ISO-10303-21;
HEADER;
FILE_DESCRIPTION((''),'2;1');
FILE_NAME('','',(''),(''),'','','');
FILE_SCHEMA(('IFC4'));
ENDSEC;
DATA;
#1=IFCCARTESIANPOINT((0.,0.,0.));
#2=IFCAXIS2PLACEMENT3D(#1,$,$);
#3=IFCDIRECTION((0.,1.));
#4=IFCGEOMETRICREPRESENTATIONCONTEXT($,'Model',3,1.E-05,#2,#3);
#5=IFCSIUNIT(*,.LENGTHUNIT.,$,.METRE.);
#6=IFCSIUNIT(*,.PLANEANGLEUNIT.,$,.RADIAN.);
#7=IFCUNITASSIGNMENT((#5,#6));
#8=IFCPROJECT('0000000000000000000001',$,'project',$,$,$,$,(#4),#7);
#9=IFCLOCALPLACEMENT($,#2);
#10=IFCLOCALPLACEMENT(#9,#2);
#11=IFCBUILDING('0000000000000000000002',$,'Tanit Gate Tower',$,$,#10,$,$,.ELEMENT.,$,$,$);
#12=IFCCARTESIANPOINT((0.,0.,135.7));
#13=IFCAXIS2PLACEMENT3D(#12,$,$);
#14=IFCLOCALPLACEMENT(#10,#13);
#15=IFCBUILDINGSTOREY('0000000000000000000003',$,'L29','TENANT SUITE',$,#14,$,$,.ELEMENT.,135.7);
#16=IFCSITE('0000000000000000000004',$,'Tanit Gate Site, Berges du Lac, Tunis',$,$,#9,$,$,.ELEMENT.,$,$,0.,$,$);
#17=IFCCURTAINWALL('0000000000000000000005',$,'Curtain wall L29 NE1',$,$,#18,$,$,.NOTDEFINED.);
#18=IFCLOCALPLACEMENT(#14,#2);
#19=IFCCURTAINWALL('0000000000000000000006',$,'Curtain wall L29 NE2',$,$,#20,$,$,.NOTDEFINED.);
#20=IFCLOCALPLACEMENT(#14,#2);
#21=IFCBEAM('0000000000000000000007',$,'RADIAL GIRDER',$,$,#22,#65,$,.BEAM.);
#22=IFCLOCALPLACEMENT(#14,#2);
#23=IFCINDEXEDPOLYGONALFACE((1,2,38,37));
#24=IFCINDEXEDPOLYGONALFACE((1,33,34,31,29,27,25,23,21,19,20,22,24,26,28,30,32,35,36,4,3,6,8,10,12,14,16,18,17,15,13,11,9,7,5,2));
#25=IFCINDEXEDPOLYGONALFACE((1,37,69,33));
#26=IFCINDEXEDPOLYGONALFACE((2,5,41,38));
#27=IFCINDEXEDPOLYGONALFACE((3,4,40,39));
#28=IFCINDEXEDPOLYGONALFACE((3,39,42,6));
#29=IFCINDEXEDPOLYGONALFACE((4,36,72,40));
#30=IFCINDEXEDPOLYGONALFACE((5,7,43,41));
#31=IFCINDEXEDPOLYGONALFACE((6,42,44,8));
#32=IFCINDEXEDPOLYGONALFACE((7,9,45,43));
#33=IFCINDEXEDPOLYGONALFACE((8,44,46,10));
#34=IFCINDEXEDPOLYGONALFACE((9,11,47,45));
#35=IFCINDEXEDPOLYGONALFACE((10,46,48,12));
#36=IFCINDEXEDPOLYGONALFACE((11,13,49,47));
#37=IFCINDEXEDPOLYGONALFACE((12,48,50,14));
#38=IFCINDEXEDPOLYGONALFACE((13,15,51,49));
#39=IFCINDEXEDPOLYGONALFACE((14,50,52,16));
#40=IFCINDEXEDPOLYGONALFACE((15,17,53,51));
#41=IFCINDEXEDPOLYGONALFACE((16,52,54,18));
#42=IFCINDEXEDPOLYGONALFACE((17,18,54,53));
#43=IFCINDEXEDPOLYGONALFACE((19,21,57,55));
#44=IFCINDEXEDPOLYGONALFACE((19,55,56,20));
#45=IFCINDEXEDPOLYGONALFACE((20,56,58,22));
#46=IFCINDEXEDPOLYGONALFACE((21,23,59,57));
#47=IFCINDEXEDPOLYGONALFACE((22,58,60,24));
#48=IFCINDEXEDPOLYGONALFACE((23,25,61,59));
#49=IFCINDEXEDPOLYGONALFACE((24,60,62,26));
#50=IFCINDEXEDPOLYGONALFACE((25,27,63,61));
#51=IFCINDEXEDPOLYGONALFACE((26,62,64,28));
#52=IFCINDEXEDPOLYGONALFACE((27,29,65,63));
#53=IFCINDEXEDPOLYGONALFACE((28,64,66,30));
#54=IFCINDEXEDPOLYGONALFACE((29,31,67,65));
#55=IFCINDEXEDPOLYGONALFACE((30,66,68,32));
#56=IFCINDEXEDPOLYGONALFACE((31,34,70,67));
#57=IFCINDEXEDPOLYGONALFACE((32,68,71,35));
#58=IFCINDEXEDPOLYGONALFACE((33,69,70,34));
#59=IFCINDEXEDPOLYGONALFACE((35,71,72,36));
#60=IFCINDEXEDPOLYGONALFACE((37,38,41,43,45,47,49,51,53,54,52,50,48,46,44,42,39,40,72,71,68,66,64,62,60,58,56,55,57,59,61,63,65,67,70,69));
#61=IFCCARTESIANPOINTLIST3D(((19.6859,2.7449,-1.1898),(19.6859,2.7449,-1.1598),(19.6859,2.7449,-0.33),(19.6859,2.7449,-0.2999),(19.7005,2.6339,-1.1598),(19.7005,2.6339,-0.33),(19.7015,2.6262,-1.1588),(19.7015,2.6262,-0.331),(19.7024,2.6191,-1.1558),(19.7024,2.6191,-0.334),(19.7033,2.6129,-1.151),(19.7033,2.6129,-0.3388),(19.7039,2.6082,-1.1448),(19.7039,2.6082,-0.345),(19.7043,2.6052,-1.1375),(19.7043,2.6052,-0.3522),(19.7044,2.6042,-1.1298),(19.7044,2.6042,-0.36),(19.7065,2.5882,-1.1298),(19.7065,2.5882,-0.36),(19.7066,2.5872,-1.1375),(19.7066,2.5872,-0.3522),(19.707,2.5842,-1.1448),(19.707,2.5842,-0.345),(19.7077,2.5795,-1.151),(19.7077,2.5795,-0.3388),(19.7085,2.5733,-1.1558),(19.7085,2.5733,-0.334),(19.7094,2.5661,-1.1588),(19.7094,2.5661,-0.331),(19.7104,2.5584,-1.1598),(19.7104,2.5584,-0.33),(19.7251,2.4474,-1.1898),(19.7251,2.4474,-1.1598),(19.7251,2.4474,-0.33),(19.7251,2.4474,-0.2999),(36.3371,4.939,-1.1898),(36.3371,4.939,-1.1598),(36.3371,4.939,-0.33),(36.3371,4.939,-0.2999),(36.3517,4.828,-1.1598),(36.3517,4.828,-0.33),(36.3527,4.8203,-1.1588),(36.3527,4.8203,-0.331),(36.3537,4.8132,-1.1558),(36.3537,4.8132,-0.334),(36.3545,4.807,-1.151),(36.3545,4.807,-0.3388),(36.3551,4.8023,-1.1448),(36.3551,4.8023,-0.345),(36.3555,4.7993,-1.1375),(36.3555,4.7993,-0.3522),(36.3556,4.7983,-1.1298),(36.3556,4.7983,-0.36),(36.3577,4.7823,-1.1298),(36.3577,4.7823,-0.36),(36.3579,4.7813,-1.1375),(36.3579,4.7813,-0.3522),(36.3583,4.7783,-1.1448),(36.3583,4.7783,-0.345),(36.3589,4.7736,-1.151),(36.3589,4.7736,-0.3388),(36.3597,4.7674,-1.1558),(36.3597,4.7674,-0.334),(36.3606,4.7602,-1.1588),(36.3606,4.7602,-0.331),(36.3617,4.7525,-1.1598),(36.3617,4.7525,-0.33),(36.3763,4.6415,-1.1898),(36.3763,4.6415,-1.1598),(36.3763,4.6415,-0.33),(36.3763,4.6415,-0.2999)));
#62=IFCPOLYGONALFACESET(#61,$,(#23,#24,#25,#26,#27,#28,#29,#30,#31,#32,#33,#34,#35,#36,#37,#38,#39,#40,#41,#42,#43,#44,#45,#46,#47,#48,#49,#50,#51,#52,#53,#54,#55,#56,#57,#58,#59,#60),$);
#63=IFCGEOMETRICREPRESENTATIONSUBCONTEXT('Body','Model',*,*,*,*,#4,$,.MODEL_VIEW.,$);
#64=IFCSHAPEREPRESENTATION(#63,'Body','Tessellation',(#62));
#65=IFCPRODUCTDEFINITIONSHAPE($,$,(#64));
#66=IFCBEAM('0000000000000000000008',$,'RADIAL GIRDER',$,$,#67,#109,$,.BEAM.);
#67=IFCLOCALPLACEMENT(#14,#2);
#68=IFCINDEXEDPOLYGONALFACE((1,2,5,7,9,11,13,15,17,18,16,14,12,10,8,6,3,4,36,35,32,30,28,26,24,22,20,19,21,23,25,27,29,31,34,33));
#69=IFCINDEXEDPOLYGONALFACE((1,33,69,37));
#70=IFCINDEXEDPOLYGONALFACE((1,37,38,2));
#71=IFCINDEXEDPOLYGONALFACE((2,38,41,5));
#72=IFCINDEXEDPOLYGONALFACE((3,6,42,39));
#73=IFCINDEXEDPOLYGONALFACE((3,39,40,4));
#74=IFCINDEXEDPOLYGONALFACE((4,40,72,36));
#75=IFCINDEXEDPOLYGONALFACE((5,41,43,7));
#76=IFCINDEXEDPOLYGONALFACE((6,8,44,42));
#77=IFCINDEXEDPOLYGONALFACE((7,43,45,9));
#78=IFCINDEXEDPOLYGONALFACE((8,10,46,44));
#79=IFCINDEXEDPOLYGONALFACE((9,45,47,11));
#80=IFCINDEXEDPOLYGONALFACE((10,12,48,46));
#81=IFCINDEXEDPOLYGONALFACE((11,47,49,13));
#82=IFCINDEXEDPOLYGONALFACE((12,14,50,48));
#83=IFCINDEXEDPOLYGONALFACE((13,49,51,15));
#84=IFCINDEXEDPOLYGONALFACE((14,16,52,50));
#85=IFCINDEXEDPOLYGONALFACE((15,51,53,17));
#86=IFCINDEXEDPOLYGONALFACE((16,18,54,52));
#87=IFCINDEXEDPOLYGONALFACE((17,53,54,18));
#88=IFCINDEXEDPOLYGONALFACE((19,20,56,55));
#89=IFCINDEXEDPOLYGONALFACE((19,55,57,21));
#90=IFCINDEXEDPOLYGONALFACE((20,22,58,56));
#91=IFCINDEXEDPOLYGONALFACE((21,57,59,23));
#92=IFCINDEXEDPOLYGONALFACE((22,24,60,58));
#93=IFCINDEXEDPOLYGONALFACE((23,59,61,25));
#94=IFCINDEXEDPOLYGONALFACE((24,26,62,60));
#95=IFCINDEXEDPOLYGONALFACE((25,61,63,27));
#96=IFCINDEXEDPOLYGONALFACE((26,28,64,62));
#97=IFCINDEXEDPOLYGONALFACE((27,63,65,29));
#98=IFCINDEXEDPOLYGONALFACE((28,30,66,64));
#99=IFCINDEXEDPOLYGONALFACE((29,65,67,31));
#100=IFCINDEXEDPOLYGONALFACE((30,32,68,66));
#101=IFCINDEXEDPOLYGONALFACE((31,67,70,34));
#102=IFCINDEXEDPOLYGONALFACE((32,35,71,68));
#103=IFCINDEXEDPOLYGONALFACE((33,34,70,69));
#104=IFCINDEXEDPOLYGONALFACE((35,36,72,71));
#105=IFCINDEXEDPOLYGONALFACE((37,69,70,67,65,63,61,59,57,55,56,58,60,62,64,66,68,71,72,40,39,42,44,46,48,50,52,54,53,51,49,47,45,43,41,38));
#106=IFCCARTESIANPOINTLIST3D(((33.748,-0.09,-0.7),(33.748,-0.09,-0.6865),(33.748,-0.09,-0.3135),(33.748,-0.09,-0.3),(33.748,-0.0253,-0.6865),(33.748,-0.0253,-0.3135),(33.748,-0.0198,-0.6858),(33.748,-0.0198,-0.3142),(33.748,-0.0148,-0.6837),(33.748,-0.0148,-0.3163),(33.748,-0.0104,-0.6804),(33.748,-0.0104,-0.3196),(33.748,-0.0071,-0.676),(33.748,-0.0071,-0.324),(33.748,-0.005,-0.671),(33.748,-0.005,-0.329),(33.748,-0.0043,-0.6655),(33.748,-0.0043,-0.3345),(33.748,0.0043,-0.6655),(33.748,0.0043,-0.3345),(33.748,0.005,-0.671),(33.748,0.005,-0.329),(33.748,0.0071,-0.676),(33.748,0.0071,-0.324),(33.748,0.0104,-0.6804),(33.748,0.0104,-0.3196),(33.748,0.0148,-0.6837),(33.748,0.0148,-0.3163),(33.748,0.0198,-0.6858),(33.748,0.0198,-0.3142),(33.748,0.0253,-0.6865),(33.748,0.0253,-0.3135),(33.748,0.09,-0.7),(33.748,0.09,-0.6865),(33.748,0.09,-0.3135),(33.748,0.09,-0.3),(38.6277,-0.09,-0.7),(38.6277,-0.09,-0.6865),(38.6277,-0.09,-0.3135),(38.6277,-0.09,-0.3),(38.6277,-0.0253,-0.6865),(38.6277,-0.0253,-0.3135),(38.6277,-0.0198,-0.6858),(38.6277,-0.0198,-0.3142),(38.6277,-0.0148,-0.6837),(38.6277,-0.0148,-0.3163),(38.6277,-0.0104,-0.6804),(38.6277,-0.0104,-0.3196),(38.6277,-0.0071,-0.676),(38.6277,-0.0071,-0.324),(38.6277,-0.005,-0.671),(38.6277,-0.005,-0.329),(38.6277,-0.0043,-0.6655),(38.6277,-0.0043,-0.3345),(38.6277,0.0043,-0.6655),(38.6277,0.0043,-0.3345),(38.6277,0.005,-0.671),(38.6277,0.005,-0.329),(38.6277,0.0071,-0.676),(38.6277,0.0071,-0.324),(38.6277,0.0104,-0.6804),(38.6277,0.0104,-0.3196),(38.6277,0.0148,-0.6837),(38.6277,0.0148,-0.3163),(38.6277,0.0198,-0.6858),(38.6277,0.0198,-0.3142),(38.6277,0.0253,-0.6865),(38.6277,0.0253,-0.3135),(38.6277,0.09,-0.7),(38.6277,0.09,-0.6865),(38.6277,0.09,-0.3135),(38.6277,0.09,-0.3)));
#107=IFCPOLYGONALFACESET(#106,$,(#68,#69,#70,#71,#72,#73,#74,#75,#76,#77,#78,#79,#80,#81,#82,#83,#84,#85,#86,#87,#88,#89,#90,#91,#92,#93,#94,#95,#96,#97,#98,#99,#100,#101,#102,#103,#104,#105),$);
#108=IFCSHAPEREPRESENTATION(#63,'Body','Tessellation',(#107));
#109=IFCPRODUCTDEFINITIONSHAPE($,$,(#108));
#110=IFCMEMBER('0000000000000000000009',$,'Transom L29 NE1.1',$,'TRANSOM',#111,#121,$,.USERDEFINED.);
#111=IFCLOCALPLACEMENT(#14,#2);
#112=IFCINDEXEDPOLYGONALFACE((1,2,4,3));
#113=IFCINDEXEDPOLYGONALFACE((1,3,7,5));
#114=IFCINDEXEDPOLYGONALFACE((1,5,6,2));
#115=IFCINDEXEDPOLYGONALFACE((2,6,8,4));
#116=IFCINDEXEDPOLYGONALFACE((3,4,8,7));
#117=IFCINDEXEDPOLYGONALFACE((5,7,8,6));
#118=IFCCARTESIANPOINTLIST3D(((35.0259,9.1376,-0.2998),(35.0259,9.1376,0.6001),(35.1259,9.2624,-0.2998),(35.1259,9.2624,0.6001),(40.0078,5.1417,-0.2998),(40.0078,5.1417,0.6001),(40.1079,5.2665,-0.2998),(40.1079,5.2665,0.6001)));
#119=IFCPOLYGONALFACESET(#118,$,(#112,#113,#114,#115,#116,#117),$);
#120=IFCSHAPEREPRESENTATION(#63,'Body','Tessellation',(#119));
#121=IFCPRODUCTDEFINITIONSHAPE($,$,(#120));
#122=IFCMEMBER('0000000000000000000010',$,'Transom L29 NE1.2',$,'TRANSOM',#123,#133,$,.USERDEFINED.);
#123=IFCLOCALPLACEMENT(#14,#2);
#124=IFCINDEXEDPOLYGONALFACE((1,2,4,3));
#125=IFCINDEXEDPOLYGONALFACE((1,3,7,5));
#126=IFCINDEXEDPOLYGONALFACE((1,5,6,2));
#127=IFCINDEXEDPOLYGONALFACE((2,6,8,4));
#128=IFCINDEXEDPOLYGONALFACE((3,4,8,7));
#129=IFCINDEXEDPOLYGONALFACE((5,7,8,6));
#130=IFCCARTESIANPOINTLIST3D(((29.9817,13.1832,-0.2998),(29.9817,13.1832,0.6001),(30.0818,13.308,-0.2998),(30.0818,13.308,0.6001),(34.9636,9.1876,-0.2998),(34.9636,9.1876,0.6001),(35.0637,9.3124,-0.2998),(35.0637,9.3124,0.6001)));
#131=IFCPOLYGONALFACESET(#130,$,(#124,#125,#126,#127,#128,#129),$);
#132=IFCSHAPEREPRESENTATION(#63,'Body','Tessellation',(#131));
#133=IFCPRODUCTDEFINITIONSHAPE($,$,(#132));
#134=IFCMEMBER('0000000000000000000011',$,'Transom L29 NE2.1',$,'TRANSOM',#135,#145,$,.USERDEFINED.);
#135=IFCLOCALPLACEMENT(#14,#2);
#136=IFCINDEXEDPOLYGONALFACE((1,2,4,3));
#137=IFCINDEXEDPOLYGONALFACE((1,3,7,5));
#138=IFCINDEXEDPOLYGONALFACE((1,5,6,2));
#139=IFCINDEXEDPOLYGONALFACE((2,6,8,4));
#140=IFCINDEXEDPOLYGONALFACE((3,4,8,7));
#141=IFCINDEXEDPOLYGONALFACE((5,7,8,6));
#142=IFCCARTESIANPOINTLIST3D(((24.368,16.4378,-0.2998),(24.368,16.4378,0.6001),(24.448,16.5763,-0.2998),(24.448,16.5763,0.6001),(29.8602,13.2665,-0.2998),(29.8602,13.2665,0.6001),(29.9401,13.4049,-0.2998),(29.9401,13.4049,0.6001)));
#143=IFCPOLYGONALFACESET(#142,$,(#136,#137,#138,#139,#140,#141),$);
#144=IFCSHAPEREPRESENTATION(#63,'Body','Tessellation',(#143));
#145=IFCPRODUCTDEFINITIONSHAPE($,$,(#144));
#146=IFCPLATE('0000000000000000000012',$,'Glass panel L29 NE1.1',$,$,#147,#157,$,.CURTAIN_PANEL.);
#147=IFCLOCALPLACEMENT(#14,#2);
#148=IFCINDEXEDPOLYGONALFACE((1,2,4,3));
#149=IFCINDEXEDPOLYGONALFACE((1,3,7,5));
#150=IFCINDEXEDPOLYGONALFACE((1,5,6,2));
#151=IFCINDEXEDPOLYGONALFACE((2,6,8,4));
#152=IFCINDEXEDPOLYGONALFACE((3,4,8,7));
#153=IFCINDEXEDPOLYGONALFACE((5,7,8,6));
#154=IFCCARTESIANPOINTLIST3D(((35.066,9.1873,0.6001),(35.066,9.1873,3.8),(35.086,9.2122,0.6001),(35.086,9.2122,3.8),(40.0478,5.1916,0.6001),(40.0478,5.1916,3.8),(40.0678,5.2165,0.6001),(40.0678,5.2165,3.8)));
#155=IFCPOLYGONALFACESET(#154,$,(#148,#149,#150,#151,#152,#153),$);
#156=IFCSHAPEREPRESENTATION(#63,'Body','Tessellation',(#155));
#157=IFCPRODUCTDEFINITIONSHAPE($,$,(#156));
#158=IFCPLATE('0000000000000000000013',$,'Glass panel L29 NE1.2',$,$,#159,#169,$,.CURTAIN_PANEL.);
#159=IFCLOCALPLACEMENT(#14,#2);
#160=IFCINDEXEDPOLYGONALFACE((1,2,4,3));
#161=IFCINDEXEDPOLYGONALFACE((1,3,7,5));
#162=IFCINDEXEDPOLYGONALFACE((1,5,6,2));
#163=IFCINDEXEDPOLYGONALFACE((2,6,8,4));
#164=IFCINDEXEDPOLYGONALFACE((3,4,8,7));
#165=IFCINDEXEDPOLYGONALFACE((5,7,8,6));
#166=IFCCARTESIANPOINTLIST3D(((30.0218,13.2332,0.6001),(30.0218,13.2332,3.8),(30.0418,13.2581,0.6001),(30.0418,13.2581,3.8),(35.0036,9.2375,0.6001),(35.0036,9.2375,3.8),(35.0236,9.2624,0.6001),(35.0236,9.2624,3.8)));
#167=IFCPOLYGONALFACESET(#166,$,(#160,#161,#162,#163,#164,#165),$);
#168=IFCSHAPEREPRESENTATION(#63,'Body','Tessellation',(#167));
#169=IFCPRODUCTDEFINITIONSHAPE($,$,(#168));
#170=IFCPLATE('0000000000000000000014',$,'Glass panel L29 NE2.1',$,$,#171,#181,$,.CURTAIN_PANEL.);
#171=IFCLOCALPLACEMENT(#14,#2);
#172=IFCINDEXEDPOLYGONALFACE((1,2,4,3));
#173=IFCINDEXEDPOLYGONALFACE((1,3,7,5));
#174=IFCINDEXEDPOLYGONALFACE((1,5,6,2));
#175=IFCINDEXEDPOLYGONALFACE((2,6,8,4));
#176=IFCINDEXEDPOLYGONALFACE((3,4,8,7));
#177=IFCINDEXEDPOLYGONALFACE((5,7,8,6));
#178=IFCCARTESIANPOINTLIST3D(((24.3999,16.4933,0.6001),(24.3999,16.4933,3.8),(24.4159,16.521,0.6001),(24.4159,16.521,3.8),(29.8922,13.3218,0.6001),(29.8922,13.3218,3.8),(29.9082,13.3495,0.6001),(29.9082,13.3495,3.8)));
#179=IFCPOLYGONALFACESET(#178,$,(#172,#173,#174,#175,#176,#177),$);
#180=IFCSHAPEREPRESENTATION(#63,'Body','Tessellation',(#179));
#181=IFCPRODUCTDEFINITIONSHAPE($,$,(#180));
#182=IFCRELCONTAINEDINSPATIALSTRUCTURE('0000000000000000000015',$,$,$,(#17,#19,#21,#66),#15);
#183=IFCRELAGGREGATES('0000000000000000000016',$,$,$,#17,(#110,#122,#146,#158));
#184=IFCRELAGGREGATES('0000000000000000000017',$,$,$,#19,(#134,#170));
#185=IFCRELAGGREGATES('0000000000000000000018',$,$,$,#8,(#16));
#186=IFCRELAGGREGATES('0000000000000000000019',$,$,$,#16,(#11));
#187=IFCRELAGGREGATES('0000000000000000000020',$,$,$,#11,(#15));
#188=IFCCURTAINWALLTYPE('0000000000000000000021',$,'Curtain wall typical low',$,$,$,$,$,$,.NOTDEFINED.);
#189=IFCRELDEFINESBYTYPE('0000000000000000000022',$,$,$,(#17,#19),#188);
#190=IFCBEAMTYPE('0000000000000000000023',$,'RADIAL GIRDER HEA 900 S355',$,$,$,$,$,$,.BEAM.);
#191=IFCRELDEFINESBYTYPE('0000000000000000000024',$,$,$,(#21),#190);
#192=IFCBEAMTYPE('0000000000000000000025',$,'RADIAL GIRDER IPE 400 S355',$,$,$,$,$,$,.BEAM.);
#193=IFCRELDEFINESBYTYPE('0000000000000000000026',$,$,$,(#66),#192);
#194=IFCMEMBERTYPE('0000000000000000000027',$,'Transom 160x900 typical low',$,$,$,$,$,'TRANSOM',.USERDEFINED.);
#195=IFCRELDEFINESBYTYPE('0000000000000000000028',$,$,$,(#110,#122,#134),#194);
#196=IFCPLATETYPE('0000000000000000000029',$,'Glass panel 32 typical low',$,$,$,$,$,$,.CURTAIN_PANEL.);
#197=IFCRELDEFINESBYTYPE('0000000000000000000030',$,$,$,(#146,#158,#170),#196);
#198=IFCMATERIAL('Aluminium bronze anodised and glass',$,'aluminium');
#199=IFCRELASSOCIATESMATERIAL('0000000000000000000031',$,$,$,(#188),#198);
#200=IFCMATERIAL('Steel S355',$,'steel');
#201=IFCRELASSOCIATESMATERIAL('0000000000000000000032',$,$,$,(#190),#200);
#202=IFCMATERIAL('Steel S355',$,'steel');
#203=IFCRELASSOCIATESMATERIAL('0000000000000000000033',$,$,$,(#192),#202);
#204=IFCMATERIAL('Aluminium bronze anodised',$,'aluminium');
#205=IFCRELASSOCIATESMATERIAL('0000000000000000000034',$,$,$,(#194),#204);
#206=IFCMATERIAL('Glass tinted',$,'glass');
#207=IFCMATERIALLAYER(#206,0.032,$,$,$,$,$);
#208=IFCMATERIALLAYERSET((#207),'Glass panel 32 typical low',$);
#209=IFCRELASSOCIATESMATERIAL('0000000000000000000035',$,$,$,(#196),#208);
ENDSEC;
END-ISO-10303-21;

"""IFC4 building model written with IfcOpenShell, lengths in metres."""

from ifc_helpers import new_model, si_unit, direction, frame, origin, origin_2d, place, context, subcontext, project, spatial, rectangle, i_section, extrude, material, layer, layer_set, material_profile, profile_set, type_object, element, aggregate, save


model = new_model("IFC4")

# Units and contexts
model_context = context("Model", 3, precision=1e-05, world=origin(), true_north=direction((0.0, 1.0)))
body_context = subcontext(model_context, "Body", "Model", "MODEL_VIEW")
ifc_project = project(units=[si_unit("LENGTHUNIT", "METRE"), si_unit("PLANEANGLEUNIT", "RADIAN")], contexts=[model_context])

# Site, building, storey
site_placement = place(None, origin())
site = spatial("IfcSite", under=ifc_project, at=site_placement, Name="Tanit Gate Site, Berges du Lac, Tunis", CompositionType="ELEMENT", RefElevation=0.0)
building_placement = place(site_placement, origin())
building = spatial("IfcBuilding", under=site, at=building_placement, Name="Tanit Gate Tower", CompositionType="ELEMENT")
storey_placement = place(building_placement, frame((0.0, 0.0, 135.7)))
storey = spatial("IfcBuildingStorey", under=building, at=storey_placement, Name="L29", Description="TENANT SUITE", CompositionType="ELEMENT", Elevation=135.7)

# Curtain walls
ifc_material_1 = material(Name="Aluminium bronze anodised and glass", Category="aluminium")
curtain_wall_type = type_object("IfcCurtainWallType", Name="Curtain wall typical low", PredefinedType="NOTDEFINED", material=ifc_material_1)
curtain_wall_1_placement = place(storey_placement, origin())
curtain_wall_1 = element("IfcCurtainWall", 1, at=curtain_wall_1_placement, inside=storey, type_object=curtain_wall_type, Name="Curtain wall L29 NE1", PredefinedType="NOTDEFINED")
curtain_wall_2_placement = place(storey_placement, origin())
curtain_wall_2 = element("IfcCurtainWall", 2, at=curtain_wall_2_placement, inside=storey, type_object=curtain_wall_type, Name="Curtain wall L29 NE2", PredefinedType="NOTDEFINED")

# Beams
ifc_material_2 = material(Name="Steel S355", Category="steel")
ifc_material_profile_1 = material_profile(ifc_material_2, i_section(OverallWidth=0.3, OverallDepth=0.8899, WebThickness=0.0161, FlangeThickness=0.03, FilletRadius=0.03, at=origin_2d()), Name="HEA 900")
ifc_profile_set_1 = profile_set([ifc_material_profile_1], Name="Steel S355")
beam_type_1 = type_object("IfcBeamType", Name="RADIAL GIRDER HEA 900 S355", PredefinedType="BEAM", material=ifc_profile_set_1)
beam_1_placement = place(storey_placement, frame((36.3567, 4.7903, -0.7449), z_axis=(-0.99143, -0.130639, 0.0), x_axis=(0.130639, -0.99143, 0.0)))
element("IfcBeam", 3, at=beam_1_placement, inside=storey, type_object=beam_type_1, Name="RADIAL GIRDER", PredefinedType="BEAM", context=body_context, shape_type="SweptSolid", body=[
    extrude(i_section(OverallWidth=0.3, OverallDepth=0.8899, WebThickness=0.0161, FlangeThickness=0.03, FilletRadius=0.03, at=origin_2d()), origin(), (0.0, 0.0, 1.0), 16.7952),
])
ifc_material_3 = material(Name="Steel S355", Category="steel")
ifc_material_profile_2 = material_profile(ifc_material_3, i_section(OverallWidth=0.1799, OverallDepth=0.3999, WebThickness=0.0085, FlangeThickness=0.0134, FilletRadius=0.021, at=origin_2d()), Name="IPE 400")
ifc_profile_set_2 = profile_set([ifc_material_profile_2], Name="Steel S355")
beam_type_2 = type_object("IfcBeamType", Name="RADIAL GIRDER IPE 400 S355", PredefinedType="BEAM", material=ifc_profile_set_2)
beam_2_placement = place(storey_placement, frame((38.6277, 0.0, -0.5), z_axis=(-1.0, 0.0, 0.0), x_axis=(0.0, -1.0, 0.0)))
element("IfcBeam", 4, at=beam_2_placement, inside=storey, type_object=beam_type_2, Name="RADIAL GIRDER", PredefinedType="BEAM", context=body_context, shape_type="SweptSolid", body=[
    extrude(i_section(OverallWidth=0.1799, OverallDepth=0.3999, WebThickness=0.0085, FlangeThickness=0.0134, FilletRadius=0.021, at=origin_2d()), origin(), (0.0, 0.0, 1.0), 4.8796),
])

# Members
ifc_material_4 = material(Name="Aluminium bronze anodised", Category="aluminium")
ifc_material_profile_3 = material_profile(ifc_material_4, rectangle(XDim=0.1599, YDim=0.8999, at=origin_2d()), Name="160x900 bronze transom")
ifc_profile_set_3 = profile_set([ifc_material_profile_3], Name="Aluminium bronze anodised")
member_type_1 = type_object("IfcMemberType", Name="Transom 160x900 typical low", ElementType="TRANSOM", PredefinedType="USERDEFINED", material=ifc_profile_set_3)
member_1_placement = place(storey_placement, frame((40.0579, 5.2041, 0.1501), z_axis=(-0.780081, 0.625678, 0.0), x_axis=(-0.625678, -0.780081, 0.0)))
member_1 = element("IfcMember", 5, at=member_1_placement, type_object=member_type_1, Name="Transom L29 NE1.1", ObjectType="TRANSOM", PredefinedType="USERDEFINED", context=body_context, shape_type="SweptSolid", body=[
    extrude(rectangle(XDim=0.1599, YDim=0.8999, at=origin_2d()), origin(), (0.0, 0.0, 1.0), 6.3865),
])
member_2_placement = place(storey_placement, frame((35.0137, 9.25, 0.1501), z_axis=(-0.7801, 0.625655, 0.0), x_axis=(-0.625655, -0.7801, 0.0)))
member_2 = element("IfcMember", 6, at=member_2_placement, type_object=member_type_1, Name="Transom L29 NE1.2", ObjectType="TRANSOM", PredefinedType="USERDEFINED", context=body_context, shape_type="SweptSolid", body=[
    extrude(rectangle(XDim=0.1599, YDim=0.8999, at=origin_2d()), origin(), (0.0, 0.0, 1.0), 6.3862),
])
member_3_placement = place(storey_placement, frame((29.9001, 13.3357, 0.1501), z_axis=(-0.865993, 0.500056, 0.0), x_axis=(-0.500056, -0.865993, 0.0)))
member_3 = element("IfcMember", 7, at=member_3_placement, type_object=member_type_1, Name="Transom L29 NE2.1", ObjectType="TRANSOM", PredefinedType="USERDEFINED", context=body_context, shape_type="SweptSolid", body=[
    extrude(rectangle(XDim=0.1599, YDim=0.8999, at=origin_2d()), origin(), (0.0, 0.0, 1.0), 6.342),
])

# Plates
ifc_material_5 = material(Name="Glass tinted", Category="glass")
ifc_layer_1 = layer(ifc_material_5, 0.032)
ifc_layer_set_1 = layer_set([ifc_layer_1], Name="Glass panel 32 typical low")
plate_type = type_object("IfcPlateType", Name="Glass panel 32 typical low", PredefinedType="CURTAIN_PANEL", material=ifc_layer_set_1)
plate_1_placement = place(storey_placement, frame((37.5669, 7.2019, 0.6001), z_axis=(0.0, 0.0, 1.0), x_axis=(-0.780085, 0.625674, 0.0)))
plate_1 = element("IfcPlate", 8, at=plate_1_placement, type_object=plate_type, Name="Glass panel L29 NE1.1", PredefinedType="CURTAIN_PANEL", context=body_context, shape_type="SweptSolid", body=[
    extrude(rectangle(XDim=6.3862, YDim=0.032, at=origin_2d()), origin(), (0.0, 0.0, 1.0), 3.2),
])
plate_2_placement = place(storey_placement, frame((32.5227, 11.2478, 0.6001), z_axis=(0.0, 0.0, 1.0), x_axis=(-0.780085, 0.625674, 0.0)))
plate_2 = element("IfcPlate", 9, at=plate_2_placement, type_object=plate_type, Name="Glass panel L29 NE1.2", PredefinedType="CURTAIN_PANEL", context=body_context, shape_type="SweptSolid", body=[
    extrude(rectangle(XDim=6.3862, YDim=0.032, at=origin_2d()), origin(), (0.0, 0.0, 1.0), 3.2),
])
aggregate(curtain_wall_1, [member_1, member_2, plate_1, plate_2])
plate_3_placement = place(storey_placement, frame((27.1541, 14.9214, 0.6001), z_axis=(0.0, 0.0, 1.0), x_axis=(-0.865991, 0.50006, 0.0)))
plate_3 = element("IfcPlate", 10, at=plate_3_placement, type_object=plate_type, Name="Glass panel L29 NE2.1", PredefinedType="CURTAIN_PANEL", context=body_context, shape_type="SweptSolid", body=[
    extrude(rectangle(XDim=6.3423, YDim=0.032, at=origin_2d()), origin(), (0.0, 0.0, 1.0), 3.2),
])
aggregate(curtain_wall_2, [member_3, plate_3])

save(model, "model.ifc")
